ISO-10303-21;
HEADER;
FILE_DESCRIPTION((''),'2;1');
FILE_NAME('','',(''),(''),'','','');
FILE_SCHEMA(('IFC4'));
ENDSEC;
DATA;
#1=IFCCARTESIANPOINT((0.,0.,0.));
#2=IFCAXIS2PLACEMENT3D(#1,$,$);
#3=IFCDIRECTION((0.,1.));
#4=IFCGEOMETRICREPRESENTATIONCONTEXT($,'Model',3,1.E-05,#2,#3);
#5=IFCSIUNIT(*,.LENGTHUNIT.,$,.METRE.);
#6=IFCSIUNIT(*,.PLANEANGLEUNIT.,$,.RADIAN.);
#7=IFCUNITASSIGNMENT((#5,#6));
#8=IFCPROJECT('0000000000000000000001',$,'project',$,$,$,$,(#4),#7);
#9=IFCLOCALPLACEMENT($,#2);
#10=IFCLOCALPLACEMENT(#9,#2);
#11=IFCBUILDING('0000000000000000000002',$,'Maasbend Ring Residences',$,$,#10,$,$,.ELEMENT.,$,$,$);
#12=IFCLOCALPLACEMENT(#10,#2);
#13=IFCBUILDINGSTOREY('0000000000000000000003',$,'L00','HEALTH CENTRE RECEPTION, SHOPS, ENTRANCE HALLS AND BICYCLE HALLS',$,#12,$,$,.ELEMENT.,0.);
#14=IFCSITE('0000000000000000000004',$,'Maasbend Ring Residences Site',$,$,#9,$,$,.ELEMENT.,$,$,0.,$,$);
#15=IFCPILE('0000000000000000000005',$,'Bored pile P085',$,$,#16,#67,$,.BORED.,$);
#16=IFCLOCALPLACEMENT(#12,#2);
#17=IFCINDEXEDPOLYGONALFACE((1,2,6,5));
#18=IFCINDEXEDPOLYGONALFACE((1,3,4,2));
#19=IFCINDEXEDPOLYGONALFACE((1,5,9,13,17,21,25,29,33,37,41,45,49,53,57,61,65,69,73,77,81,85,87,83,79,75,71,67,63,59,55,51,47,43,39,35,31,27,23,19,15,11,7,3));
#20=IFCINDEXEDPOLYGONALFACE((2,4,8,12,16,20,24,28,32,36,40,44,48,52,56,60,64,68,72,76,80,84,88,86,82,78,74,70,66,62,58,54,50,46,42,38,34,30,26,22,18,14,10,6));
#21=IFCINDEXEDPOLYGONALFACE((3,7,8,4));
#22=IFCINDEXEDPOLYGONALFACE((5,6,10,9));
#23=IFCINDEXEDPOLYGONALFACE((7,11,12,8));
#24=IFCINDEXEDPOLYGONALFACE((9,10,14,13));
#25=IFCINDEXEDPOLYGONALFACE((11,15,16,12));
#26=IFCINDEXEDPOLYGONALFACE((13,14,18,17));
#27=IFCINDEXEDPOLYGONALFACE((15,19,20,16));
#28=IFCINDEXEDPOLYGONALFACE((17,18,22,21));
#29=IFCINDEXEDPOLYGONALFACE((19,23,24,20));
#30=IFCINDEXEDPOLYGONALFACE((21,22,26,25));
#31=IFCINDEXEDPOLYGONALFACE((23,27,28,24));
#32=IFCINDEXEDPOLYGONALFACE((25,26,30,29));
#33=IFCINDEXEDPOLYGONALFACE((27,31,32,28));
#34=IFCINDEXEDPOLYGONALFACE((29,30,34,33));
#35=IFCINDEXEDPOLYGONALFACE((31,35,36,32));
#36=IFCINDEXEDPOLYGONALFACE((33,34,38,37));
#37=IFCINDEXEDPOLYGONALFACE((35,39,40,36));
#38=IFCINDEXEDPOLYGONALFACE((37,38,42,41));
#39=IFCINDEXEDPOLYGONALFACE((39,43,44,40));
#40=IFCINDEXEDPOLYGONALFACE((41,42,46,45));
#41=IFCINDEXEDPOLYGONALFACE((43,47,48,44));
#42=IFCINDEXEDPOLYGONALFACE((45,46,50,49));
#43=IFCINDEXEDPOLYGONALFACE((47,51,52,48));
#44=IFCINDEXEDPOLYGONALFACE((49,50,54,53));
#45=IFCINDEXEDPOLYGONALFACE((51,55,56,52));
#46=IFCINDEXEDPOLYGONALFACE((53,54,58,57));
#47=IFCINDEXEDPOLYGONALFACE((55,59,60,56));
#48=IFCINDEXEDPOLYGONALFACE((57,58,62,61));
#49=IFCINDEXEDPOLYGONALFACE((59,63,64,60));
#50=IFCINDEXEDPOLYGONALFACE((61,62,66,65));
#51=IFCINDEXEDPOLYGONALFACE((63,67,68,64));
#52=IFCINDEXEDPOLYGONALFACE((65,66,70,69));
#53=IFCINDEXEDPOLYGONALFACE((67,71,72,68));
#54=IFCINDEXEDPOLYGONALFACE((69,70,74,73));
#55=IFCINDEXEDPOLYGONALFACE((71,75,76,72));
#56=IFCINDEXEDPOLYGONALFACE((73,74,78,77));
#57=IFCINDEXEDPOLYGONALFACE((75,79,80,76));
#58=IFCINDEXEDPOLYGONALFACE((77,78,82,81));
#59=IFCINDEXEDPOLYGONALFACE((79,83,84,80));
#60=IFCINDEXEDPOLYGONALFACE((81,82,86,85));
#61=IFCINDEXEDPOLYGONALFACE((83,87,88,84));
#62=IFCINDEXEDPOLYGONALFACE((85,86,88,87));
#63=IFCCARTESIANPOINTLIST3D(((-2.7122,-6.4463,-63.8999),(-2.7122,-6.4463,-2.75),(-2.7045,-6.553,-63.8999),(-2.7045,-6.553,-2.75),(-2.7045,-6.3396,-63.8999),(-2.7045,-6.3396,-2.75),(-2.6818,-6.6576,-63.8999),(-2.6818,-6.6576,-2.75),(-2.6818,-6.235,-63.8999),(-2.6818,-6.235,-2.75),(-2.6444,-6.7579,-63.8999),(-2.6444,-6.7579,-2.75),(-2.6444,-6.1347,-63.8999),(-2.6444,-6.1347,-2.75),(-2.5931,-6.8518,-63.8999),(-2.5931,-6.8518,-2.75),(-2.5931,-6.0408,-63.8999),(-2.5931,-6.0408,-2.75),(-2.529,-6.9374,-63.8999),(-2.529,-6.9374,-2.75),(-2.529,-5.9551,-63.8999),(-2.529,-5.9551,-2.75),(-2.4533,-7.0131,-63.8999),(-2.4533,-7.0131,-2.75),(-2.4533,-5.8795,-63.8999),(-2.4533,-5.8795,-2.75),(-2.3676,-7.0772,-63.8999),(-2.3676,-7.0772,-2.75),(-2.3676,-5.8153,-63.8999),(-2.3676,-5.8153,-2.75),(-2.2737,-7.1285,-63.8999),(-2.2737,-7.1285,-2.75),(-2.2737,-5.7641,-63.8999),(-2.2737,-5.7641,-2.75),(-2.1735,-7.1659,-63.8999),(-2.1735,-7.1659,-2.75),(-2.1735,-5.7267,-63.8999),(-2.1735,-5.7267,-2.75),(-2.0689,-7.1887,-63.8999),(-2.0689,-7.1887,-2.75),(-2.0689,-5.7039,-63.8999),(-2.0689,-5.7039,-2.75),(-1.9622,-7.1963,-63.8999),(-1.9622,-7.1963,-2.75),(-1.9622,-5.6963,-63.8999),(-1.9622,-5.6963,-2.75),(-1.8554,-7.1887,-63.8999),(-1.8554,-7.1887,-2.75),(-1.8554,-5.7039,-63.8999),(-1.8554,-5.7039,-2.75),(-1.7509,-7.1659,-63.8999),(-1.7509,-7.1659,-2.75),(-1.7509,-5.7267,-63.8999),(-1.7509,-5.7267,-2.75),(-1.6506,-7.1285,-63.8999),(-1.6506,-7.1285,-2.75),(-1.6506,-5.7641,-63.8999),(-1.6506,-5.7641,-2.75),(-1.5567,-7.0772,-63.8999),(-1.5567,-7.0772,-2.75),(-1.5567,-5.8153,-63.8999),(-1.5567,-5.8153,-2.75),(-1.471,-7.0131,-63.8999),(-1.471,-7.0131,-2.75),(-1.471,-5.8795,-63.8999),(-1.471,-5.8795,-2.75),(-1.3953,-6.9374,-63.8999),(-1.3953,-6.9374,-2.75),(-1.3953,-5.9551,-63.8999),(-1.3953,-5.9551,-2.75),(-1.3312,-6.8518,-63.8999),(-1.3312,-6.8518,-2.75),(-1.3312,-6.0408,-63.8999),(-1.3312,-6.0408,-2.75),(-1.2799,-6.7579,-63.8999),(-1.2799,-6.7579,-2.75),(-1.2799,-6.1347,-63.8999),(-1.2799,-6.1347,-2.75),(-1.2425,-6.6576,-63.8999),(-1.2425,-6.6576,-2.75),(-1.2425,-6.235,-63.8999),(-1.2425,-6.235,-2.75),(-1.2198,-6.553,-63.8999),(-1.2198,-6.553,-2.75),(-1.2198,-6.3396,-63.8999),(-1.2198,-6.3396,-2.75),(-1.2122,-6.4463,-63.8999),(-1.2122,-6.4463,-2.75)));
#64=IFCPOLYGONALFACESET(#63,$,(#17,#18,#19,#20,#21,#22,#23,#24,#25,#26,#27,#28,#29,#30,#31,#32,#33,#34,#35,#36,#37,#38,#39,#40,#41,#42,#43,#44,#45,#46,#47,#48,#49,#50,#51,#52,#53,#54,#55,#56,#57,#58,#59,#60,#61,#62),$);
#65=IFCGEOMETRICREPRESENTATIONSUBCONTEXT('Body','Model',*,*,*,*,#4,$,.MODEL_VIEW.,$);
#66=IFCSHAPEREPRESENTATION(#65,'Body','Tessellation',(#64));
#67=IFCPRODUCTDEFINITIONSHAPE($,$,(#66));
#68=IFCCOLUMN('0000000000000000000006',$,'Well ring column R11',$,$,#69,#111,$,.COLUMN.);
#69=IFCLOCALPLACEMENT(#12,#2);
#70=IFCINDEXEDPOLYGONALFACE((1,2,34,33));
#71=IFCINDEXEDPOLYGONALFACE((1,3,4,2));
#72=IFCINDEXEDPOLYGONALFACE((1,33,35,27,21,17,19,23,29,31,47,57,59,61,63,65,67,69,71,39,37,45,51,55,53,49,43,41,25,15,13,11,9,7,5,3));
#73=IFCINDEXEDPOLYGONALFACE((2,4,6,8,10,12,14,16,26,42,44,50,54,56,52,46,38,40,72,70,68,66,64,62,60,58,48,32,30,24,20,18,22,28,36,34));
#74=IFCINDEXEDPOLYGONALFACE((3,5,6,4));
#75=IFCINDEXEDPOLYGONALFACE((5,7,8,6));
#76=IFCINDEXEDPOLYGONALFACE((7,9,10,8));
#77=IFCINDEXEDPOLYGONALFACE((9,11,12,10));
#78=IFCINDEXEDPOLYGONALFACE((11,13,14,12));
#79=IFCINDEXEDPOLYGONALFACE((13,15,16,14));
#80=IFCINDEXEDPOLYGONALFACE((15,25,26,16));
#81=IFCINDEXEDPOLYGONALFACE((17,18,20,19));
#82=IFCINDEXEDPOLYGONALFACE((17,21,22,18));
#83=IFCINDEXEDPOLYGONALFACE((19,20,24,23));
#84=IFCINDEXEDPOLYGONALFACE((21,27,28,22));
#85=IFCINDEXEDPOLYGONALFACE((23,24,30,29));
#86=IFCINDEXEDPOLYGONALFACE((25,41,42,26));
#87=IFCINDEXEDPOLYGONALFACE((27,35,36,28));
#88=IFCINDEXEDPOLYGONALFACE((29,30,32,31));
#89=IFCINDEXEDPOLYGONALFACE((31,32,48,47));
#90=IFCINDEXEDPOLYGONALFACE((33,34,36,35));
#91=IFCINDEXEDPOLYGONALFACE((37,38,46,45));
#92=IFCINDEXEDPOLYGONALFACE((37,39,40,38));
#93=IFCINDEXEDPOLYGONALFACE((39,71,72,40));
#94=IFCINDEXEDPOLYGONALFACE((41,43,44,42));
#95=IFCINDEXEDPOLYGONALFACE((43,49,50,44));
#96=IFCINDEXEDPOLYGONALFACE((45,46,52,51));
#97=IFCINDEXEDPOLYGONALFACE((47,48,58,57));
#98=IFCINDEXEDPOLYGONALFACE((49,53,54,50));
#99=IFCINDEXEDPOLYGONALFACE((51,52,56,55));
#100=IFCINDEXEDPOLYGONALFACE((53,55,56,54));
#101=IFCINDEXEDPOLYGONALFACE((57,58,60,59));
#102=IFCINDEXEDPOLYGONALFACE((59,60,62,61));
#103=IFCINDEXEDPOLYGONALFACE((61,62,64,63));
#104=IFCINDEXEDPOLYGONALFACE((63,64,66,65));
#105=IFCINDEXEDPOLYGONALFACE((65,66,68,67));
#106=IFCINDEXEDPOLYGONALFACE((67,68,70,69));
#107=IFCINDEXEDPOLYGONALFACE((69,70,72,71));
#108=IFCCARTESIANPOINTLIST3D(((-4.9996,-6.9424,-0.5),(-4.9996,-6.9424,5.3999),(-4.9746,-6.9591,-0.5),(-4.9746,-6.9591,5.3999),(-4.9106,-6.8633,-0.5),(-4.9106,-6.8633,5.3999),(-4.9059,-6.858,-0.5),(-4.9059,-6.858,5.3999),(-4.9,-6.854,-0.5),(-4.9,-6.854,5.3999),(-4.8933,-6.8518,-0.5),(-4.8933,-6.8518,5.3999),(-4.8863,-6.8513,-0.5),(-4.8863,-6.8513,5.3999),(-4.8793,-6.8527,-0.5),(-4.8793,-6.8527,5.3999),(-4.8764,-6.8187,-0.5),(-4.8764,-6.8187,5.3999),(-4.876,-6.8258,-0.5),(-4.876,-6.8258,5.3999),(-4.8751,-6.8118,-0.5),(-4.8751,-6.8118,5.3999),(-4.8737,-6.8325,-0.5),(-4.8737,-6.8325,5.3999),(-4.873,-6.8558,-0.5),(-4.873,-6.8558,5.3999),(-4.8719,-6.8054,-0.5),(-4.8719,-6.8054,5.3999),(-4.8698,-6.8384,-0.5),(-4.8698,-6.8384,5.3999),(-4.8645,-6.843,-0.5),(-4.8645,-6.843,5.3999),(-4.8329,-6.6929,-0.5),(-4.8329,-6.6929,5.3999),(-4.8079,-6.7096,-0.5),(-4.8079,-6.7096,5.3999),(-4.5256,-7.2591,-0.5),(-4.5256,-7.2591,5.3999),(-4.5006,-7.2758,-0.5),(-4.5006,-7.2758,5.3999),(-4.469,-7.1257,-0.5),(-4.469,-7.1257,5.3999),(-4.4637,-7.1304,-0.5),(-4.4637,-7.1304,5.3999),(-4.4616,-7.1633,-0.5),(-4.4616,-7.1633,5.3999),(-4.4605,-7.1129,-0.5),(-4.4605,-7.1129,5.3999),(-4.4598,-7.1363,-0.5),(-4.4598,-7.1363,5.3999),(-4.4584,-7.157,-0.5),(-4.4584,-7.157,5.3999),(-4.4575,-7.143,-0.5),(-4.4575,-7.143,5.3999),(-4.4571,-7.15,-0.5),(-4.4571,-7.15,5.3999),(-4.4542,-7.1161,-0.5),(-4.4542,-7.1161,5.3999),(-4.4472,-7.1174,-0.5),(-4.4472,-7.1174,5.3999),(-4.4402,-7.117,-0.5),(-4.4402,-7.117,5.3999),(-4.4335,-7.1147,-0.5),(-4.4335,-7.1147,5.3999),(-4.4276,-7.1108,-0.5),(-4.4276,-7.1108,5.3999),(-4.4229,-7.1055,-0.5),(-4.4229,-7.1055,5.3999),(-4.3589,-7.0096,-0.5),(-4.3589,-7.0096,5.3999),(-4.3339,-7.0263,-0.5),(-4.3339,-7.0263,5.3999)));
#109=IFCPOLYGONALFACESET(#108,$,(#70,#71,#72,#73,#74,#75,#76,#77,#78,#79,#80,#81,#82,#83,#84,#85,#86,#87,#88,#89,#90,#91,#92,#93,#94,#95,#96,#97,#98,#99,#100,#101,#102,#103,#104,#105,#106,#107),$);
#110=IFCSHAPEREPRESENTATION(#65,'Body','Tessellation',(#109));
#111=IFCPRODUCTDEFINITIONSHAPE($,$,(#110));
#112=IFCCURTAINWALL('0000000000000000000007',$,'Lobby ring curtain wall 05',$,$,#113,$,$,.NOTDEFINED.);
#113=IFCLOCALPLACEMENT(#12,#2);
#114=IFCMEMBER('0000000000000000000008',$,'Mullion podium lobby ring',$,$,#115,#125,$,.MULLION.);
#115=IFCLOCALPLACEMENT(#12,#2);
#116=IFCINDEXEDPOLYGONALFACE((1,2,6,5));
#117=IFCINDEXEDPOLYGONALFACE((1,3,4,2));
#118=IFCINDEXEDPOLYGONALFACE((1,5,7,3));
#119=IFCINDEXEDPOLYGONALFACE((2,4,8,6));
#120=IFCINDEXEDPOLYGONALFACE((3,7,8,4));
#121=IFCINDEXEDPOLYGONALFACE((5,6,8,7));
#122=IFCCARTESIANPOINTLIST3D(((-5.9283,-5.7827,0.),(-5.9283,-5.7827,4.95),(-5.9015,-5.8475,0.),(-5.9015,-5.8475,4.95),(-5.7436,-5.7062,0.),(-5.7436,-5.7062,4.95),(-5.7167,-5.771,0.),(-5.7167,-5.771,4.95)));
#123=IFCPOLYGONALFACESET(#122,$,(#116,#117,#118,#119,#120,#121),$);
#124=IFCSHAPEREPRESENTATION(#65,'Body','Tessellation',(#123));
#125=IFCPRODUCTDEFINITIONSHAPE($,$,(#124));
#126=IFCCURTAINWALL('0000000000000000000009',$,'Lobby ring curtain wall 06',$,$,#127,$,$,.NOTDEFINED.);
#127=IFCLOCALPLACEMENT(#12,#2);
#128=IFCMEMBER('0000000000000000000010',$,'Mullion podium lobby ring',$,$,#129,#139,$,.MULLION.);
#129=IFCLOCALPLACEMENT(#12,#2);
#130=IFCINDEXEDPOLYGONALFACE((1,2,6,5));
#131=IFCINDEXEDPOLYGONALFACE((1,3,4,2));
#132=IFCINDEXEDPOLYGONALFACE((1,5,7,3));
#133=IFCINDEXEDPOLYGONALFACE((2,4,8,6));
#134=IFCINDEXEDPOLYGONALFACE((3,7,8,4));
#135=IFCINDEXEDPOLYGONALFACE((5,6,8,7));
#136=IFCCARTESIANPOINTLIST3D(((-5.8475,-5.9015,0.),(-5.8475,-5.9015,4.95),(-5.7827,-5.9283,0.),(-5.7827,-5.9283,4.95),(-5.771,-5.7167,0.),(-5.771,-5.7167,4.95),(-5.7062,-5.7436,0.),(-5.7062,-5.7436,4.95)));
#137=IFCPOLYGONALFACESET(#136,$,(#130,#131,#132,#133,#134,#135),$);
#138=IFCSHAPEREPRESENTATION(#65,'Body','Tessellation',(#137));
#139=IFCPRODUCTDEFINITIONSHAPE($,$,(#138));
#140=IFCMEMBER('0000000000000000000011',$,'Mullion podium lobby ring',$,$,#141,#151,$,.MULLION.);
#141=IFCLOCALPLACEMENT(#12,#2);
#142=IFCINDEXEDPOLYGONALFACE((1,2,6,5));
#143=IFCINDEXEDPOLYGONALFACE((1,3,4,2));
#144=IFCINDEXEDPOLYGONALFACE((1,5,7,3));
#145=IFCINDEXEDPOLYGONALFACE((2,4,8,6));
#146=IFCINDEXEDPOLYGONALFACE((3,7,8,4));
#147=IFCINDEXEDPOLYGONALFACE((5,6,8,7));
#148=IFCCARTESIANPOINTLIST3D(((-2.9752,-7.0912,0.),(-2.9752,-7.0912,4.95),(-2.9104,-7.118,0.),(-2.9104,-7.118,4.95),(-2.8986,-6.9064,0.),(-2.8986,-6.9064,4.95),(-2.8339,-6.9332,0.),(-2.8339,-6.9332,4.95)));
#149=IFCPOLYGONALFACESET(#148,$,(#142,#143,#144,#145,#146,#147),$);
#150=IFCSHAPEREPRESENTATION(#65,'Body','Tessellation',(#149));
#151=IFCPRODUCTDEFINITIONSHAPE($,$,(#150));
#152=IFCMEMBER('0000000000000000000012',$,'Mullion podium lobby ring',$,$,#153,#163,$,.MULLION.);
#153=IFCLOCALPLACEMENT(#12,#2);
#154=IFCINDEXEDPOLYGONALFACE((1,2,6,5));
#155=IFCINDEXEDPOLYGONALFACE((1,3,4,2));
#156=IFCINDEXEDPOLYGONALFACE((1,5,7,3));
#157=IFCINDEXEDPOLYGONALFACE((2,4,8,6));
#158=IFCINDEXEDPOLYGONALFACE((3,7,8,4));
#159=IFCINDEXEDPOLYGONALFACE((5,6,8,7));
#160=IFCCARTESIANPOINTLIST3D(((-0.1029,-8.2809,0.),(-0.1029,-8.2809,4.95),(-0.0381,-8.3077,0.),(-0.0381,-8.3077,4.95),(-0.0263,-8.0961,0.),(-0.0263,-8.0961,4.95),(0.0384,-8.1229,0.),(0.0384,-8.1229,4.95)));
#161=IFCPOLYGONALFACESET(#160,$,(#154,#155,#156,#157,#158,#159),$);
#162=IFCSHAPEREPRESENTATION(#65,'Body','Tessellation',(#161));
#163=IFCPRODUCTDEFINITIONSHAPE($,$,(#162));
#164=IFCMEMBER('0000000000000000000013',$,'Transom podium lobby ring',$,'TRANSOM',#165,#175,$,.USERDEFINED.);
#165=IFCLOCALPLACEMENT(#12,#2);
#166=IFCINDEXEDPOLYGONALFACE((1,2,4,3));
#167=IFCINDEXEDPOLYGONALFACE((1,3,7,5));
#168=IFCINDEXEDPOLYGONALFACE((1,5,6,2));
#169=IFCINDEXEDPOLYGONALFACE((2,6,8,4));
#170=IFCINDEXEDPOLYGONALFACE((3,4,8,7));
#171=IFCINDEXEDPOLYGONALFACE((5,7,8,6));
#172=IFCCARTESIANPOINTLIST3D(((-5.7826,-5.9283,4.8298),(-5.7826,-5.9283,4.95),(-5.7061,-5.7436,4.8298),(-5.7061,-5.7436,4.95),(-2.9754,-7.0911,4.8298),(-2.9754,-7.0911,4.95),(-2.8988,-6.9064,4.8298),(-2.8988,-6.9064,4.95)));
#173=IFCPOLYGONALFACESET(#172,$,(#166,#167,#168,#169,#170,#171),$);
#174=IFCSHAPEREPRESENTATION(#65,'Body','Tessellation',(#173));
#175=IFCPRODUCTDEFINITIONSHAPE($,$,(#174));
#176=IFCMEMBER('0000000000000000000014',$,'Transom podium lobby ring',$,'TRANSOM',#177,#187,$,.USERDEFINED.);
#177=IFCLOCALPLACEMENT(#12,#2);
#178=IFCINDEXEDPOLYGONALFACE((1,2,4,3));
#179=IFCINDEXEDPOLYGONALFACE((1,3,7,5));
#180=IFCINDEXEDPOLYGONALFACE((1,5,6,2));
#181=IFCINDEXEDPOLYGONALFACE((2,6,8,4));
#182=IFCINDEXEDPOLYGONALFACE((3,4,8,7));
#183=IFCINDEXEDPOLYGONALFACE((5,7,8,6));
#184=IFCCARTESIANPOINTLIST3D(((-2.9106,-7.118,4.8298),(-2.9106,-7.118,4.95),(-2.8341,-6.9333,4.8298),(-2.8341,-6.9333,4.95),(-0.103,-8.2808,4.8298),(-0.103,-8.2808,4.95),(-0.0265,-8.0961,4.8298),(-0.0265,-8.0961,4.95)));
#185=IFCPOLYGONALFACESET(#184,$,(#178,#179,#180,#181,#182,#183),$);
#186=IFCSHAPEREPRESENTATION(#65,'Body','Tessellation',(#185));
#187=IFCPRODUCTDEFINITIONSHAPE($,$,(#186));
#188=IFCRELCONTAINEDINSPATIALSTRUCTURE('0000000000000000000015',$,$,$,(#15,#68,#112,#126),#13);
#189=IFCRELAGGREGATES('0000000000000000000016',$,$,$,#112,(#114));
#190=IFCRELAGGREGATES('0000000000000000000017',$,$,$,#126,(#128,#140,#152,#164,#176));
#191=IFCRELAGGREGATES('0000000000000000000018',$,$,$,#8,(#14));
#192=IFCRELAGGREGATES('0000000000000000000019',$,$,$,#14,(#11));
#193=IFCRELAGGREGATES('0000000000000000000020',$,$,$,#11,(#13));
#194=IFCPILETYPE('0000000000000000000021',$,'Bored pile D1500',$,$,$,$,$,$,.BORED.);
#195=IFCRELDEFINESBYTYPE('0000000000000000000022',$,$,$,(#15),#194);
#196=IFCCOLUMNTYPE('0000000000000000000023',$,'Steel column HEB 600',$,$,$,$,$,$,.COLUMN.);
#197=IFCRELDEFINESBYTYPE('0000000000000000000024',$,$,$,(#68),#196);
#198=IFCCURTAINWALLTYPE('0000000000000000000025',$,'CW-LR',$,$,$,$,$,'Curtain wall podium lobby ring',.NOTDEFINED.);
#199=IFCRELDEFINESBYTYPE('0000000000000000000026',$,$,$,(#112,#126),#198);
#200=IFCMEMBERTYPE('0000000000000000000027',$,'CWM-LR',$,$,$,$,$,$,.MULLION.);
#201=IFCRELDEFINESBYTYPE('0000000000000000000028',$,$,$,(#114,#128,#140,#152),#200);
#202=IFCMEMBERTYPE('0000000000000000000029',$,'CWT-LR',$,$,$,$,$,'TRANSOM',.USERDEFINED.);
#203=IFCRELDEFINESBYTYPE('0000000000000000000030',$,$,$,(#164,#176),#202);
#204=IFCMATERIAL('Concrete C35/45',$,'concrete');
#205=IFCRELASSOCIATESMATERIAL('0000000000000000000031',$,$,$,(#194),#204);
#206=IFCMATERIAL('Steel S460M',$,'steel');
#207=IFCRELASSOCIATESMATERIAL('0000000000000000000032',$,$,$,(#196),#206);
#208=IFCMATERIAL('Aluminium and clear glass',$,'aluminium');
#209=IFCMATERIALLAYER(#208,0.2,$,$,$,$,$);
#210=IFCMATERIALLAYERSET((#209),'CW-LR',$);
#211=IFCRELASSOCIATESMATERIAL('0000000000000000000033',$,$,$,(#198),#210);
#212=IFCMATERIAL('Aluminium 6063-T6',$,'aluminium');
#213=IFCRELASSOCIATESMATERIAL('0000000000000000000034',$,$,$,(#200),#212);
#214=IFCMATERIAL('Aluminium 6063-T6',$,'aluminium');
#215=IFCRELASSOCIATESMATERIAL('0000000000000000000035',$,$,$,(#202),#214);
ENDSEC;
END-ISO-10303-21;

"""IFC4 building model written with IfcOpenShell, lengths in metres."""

from ifc_helpers import new_model, si_unit, direction, frame, origin, origin_2d, place, context, subcontext, project, spatial, rectangle, circle, i_section, extrude, material, layer, layer_set, material_profile, profile_set, type_object, element, aggregate, save


model = new_model("IFC4")

# Units and contexts
model_context = context("Model", 3, precision=1e-05, world=origin(), true_north=direction((0.0, 1.0)))
body_context = subcontext(model_context, "Body", "Model", "MODEL_VIEW")
ifc_project = project(units=[si_unit("LENGTHUNIT", "METRE"), si_unit("PLANEANGLEUNIT", "RADIAN")], contexts=[model_context])

# Site, building, storey
site_placement = place(None, origin())
site = spatial("IfcSite", under=ifc_project, at=site_placement, Name="Maasbend Ring Residences Site", CompositionType="ELEMENT", RefElevation=0.0)
building_placement = place(site_placement, origin())
building = spatial("IfcBuilding", under=site, at=building_placement, Name="Maasbend Ring Residences", CompositionType="ELEMENT")
storey_placement = place(building_placement, origin())
storey = spatial("IfcBuildingStorey", under=building, at=storey_placement, Name="L00", Description="HEALTH CENTRE RECEPTION, SHOPS, ENTRANCE HALLS AND BICYCLE HALLS", CompositionType="ELEMENT", Elevation=0.0)

# Pile
ifc_material_1 = material(Name="Concrete C35/45", Category="concrete")
ifc_material_profile_1 = material_profile(ifc_material_1, circle(Radius=0.75, at=origin_2d()), Name="Bored pile D1500")
ifc_profile_set_1 = profile_set([ifc_material_profile_1], Name="Concrete C35/45")
pile_type = type_object("IfcPileType", Name="Bored pile D1500", PredefinedType="BORED", material=ifc_profile_set_1)
for number, where, z_axis, x_axis, name in (
    (1, (-1.9622, -6.4463, -2.75), (0.0, 0.0, -1.0), (1.0, 0.0, 0.0), "Bored pile P085"),
):
    element("IfcPile", number, at=place(storey_placement, frame(where, z_axis=z_axis, x_axis=x_axis)), inside=storey, type_object=pile_type, Name=name, PredefinedType="BORED", context=body_context, shape_type="SweptSolid", body=[
        extrude(circle(Radius=0.75, at=origin_2d()), origin(), (0.0, 0.0, 1.0), 61.1499),
    ])

# Column
ifc_material_2 = material(Name="Steel S460M", Category="steel")
ifc_material_profile_2 = material_profile(ifc_material_2, i_section(OverallWidth=0.3, OverallDepth=0.6001, WebThickness=0.0154, FlangeThickness=0.03, FilletRadius=0.0271, at=origin_2d()), Name="HEB 600")
ifc_profile_set_2 = profile_set([ifc_material_profile_2], Name="Steel S460M")
column_type = type_object("IfcColumnType", Name="Steel column HEB 600", PredefinedType="COLUMN", material=ifc_profile_set_2)
column_placement = place(storey_placement, frame((-4.6667, -6.9844, -0.5), z_axis=(0.0, 0.0, 1.0), x_axis=(-0.55557, -0.83147, 0.0)))
element("IfcColumn", 2, at=column_placement, inside=storey, type_object=column_type, Name="Well ring column R11", PredefinedType="COLUMN", context=body_context, shape_type="SweptSolid", body=[
    extrude(i_section(OverallWidth=0.3, OverallDepth=0.6001, WebThickness=0.0154, FlangeThickness=0.03, FilletRadius=0.0271, at=origin_2d()), origin(), (0.0, 0.0, 1.0), 5.8999),
])

# Curtain wall, member
ifc_material_3 = material(Name="Aluminium and clear glass", Category="aluminium")
ifc_layer_1 = layer(ifc_material_3, 0.2)
ifc_layer_set_1 = layer_set([ifc_layer_1], Name="CW-LR")
curtain_wall_type = type_object("IfcCurtainWallType", Name="CW-LR", ElementType="Curtain wall podium lobby ring", PredefinedType="NOTDEFINED", material=ifc_layer_set_1)
curtain_wall_1_placement = place(storey_placement, origin())
curtain_wall_1 = element("IfcCurtainWall", 3, at=curtain_wall_1_placement, inside=storey, type_object=curtain_wall_type, Name="Lobby ring curtain wall 05", PredefinedType="NOTDEFINED")
ifc_material_4 = material(Name="Aluminium 6063-T6", Category="aluminium")
ifc_material_profile_3 = material_profile(ifc_material_4, rectangle(XDim=0.2, YDim=0.0701, at=origin_2d()), Name="AL 200x70")
ifc_profile_set_3 = profile_set([ifc_material_profile_3], Name="Aluminium 6063-T6")
member_type_1 = type_object("IfcMemberType", Name="CWM-LR", PredefinedType="MULLION", material=ifc_profile_set_3)
member_1_placement = place(storey_placement, frame((-5.8225, -5.7769, 0.0), z_axis=(0.0, 0.0, 1.0), x_axis=(0.92388, 0.382683, 0.0)))
member_1 = element("IfcMember", 4, at=member_1_placement, type_object=member_type_1, Name="Mullion podium lobby ring", PredefinedType="MULLION", context=body_context, shape_type="SweptSolid", body=[
    extrude(rectangle(XDim=0.2, YDim=0.0701, at=origin_2d()), origin(), (0.0, 0.0, 1.0), 4.95),
])
aggregate(curtain_wall_1, [member_1])

# Curtain wall, members
curtain_wall_2_placement = place(storey_placement, origin())
curtain_wall_2 = element("IfcCurtainWall", 5, at=curtain_wall_2_placement, inside=storey, type_object=curtain_wall_type, Name="Lobby ring curtain wall 06", PredefinedType="NOTDEFINED")
member_2_placement = place(storey_placement, frame((-5.7769, -5.8225, 0.0), z_axis=(0.0, 0.0, 1.0), x_axis=(0.382683, 0.92388, 0.0)))
member_2 = element("IfcMember", 6, at=member_2_placement, type_object=member_type_1, Name="Mullion podium lobby ring", PredefinedType="MULLION", context=body_context, shape_type="SweptSolid", body=[
    extrude(rectangle(XDim=0.2, YDim=0.0701, at=origin_2d()), origin(), (0.0, 0.0, 1.0), 4.95),
])
member_3_placement = place(storey_placement, frame((-2.9045, -7.0122, 0.0), z_axis=(0.0, 0.0, 1.0), x_axis=(0.382683, 0.92388, 0.0)))
member_3 = element("IfcMember", 7, at=member_3_placement, type_object=member_type_1, Name="Mullion podium lobby ring", PredefinedType="MULLION", context=body_context, shape_type="SweptSolid", body=[
    extrude(rectangle(XDim=0.2, YDim=0.0701, at=origin_2d()), origin(), (0.0, 0.0, 1.0), 4.95),
])
member_4_placement = place(storey_placement, frame((-0.0322, -8.2019, 0.0), z_axis=(0.0, 0.0, 1.0), x_axis=(0.382683, 0.92388, 0.0)))
member_4 = element("IfcMember", 8, at=member_4_placement, type_object=member_type_1, Name="Mullion podium lobby ring", PredefinedType="MULLION", context=body_context, shape_type="SweptSolid", body=[
    extrude(rectangle(XDim=0.2, YDim=0.0701, at=origin_2d()), origin(), (0.0, 0.0, 1.0), 4.95),
])
ifc_material_5 = material(Name="Aluminium 6063-T6", Category="aluminium")
ifc_material_profile_4 = material_profile(ifc_material_5, rectangle(XDim=0.2, YDim=0.1201, at=origin_2d()), Name="AL 200x120")
ifc_profile_set_4 = profile_set([ifc_material_profile_4], Name="Aluminium 6063-T6")
member_type_2 = type_object("IfcMemberType", Name="CWT-LR", ElementType="TRANSOM", PredefinedType="USERDEFINED", material=ifc_profile_set_4)
member_5_placement = place(storey_placement, frame((-5.7444, -5.8359, 4.8899), z_axis=(0.923881, -0.382681, 0.0), x_axis=(0.382681, 0.923881, 0.0)))
member_5 = element("IfcMember", 9, at=member_5_placement, type_object=member_type_2, Name="Transom podium lobby ring", ObjectType="TRANSOM", PredefinedType="USERDEFINED", context=body_context, shape_type="SweptSolid", body=[
    extrude(rectangle(XDim=0.2, YDim=0.1201, at=origin_2d()), origin(), (0.0, 0.0, 1.0), 3.0386),
])
member_6_placement = place(storey_placement, frame((-2.8723, -7.0256, 4.8899), z_axis=(0.923892, -0.382652, 0.0), x_axis=(0.382652, 0.923892, 0.0)))
member_6 = element("IfcMember", 10, at=member_6_placement, type_object=member_type_2, Name="Transom podium lobby ring", ObjectType="TRANSOM", PredefinedType="USERDEFINED", context=body_context, shape_type="SweptSolid", body=[
    extrude(rectangle(XDim=0.2, YDim=0.1201, at=origin_2d()), origin(), (0.0, 0.0, 1.0), 3.0388),
])

aggregate(curtain_wall_2, [member_2, member_3, member_4, member_5, member_6])

save(model, "model.ifc")
